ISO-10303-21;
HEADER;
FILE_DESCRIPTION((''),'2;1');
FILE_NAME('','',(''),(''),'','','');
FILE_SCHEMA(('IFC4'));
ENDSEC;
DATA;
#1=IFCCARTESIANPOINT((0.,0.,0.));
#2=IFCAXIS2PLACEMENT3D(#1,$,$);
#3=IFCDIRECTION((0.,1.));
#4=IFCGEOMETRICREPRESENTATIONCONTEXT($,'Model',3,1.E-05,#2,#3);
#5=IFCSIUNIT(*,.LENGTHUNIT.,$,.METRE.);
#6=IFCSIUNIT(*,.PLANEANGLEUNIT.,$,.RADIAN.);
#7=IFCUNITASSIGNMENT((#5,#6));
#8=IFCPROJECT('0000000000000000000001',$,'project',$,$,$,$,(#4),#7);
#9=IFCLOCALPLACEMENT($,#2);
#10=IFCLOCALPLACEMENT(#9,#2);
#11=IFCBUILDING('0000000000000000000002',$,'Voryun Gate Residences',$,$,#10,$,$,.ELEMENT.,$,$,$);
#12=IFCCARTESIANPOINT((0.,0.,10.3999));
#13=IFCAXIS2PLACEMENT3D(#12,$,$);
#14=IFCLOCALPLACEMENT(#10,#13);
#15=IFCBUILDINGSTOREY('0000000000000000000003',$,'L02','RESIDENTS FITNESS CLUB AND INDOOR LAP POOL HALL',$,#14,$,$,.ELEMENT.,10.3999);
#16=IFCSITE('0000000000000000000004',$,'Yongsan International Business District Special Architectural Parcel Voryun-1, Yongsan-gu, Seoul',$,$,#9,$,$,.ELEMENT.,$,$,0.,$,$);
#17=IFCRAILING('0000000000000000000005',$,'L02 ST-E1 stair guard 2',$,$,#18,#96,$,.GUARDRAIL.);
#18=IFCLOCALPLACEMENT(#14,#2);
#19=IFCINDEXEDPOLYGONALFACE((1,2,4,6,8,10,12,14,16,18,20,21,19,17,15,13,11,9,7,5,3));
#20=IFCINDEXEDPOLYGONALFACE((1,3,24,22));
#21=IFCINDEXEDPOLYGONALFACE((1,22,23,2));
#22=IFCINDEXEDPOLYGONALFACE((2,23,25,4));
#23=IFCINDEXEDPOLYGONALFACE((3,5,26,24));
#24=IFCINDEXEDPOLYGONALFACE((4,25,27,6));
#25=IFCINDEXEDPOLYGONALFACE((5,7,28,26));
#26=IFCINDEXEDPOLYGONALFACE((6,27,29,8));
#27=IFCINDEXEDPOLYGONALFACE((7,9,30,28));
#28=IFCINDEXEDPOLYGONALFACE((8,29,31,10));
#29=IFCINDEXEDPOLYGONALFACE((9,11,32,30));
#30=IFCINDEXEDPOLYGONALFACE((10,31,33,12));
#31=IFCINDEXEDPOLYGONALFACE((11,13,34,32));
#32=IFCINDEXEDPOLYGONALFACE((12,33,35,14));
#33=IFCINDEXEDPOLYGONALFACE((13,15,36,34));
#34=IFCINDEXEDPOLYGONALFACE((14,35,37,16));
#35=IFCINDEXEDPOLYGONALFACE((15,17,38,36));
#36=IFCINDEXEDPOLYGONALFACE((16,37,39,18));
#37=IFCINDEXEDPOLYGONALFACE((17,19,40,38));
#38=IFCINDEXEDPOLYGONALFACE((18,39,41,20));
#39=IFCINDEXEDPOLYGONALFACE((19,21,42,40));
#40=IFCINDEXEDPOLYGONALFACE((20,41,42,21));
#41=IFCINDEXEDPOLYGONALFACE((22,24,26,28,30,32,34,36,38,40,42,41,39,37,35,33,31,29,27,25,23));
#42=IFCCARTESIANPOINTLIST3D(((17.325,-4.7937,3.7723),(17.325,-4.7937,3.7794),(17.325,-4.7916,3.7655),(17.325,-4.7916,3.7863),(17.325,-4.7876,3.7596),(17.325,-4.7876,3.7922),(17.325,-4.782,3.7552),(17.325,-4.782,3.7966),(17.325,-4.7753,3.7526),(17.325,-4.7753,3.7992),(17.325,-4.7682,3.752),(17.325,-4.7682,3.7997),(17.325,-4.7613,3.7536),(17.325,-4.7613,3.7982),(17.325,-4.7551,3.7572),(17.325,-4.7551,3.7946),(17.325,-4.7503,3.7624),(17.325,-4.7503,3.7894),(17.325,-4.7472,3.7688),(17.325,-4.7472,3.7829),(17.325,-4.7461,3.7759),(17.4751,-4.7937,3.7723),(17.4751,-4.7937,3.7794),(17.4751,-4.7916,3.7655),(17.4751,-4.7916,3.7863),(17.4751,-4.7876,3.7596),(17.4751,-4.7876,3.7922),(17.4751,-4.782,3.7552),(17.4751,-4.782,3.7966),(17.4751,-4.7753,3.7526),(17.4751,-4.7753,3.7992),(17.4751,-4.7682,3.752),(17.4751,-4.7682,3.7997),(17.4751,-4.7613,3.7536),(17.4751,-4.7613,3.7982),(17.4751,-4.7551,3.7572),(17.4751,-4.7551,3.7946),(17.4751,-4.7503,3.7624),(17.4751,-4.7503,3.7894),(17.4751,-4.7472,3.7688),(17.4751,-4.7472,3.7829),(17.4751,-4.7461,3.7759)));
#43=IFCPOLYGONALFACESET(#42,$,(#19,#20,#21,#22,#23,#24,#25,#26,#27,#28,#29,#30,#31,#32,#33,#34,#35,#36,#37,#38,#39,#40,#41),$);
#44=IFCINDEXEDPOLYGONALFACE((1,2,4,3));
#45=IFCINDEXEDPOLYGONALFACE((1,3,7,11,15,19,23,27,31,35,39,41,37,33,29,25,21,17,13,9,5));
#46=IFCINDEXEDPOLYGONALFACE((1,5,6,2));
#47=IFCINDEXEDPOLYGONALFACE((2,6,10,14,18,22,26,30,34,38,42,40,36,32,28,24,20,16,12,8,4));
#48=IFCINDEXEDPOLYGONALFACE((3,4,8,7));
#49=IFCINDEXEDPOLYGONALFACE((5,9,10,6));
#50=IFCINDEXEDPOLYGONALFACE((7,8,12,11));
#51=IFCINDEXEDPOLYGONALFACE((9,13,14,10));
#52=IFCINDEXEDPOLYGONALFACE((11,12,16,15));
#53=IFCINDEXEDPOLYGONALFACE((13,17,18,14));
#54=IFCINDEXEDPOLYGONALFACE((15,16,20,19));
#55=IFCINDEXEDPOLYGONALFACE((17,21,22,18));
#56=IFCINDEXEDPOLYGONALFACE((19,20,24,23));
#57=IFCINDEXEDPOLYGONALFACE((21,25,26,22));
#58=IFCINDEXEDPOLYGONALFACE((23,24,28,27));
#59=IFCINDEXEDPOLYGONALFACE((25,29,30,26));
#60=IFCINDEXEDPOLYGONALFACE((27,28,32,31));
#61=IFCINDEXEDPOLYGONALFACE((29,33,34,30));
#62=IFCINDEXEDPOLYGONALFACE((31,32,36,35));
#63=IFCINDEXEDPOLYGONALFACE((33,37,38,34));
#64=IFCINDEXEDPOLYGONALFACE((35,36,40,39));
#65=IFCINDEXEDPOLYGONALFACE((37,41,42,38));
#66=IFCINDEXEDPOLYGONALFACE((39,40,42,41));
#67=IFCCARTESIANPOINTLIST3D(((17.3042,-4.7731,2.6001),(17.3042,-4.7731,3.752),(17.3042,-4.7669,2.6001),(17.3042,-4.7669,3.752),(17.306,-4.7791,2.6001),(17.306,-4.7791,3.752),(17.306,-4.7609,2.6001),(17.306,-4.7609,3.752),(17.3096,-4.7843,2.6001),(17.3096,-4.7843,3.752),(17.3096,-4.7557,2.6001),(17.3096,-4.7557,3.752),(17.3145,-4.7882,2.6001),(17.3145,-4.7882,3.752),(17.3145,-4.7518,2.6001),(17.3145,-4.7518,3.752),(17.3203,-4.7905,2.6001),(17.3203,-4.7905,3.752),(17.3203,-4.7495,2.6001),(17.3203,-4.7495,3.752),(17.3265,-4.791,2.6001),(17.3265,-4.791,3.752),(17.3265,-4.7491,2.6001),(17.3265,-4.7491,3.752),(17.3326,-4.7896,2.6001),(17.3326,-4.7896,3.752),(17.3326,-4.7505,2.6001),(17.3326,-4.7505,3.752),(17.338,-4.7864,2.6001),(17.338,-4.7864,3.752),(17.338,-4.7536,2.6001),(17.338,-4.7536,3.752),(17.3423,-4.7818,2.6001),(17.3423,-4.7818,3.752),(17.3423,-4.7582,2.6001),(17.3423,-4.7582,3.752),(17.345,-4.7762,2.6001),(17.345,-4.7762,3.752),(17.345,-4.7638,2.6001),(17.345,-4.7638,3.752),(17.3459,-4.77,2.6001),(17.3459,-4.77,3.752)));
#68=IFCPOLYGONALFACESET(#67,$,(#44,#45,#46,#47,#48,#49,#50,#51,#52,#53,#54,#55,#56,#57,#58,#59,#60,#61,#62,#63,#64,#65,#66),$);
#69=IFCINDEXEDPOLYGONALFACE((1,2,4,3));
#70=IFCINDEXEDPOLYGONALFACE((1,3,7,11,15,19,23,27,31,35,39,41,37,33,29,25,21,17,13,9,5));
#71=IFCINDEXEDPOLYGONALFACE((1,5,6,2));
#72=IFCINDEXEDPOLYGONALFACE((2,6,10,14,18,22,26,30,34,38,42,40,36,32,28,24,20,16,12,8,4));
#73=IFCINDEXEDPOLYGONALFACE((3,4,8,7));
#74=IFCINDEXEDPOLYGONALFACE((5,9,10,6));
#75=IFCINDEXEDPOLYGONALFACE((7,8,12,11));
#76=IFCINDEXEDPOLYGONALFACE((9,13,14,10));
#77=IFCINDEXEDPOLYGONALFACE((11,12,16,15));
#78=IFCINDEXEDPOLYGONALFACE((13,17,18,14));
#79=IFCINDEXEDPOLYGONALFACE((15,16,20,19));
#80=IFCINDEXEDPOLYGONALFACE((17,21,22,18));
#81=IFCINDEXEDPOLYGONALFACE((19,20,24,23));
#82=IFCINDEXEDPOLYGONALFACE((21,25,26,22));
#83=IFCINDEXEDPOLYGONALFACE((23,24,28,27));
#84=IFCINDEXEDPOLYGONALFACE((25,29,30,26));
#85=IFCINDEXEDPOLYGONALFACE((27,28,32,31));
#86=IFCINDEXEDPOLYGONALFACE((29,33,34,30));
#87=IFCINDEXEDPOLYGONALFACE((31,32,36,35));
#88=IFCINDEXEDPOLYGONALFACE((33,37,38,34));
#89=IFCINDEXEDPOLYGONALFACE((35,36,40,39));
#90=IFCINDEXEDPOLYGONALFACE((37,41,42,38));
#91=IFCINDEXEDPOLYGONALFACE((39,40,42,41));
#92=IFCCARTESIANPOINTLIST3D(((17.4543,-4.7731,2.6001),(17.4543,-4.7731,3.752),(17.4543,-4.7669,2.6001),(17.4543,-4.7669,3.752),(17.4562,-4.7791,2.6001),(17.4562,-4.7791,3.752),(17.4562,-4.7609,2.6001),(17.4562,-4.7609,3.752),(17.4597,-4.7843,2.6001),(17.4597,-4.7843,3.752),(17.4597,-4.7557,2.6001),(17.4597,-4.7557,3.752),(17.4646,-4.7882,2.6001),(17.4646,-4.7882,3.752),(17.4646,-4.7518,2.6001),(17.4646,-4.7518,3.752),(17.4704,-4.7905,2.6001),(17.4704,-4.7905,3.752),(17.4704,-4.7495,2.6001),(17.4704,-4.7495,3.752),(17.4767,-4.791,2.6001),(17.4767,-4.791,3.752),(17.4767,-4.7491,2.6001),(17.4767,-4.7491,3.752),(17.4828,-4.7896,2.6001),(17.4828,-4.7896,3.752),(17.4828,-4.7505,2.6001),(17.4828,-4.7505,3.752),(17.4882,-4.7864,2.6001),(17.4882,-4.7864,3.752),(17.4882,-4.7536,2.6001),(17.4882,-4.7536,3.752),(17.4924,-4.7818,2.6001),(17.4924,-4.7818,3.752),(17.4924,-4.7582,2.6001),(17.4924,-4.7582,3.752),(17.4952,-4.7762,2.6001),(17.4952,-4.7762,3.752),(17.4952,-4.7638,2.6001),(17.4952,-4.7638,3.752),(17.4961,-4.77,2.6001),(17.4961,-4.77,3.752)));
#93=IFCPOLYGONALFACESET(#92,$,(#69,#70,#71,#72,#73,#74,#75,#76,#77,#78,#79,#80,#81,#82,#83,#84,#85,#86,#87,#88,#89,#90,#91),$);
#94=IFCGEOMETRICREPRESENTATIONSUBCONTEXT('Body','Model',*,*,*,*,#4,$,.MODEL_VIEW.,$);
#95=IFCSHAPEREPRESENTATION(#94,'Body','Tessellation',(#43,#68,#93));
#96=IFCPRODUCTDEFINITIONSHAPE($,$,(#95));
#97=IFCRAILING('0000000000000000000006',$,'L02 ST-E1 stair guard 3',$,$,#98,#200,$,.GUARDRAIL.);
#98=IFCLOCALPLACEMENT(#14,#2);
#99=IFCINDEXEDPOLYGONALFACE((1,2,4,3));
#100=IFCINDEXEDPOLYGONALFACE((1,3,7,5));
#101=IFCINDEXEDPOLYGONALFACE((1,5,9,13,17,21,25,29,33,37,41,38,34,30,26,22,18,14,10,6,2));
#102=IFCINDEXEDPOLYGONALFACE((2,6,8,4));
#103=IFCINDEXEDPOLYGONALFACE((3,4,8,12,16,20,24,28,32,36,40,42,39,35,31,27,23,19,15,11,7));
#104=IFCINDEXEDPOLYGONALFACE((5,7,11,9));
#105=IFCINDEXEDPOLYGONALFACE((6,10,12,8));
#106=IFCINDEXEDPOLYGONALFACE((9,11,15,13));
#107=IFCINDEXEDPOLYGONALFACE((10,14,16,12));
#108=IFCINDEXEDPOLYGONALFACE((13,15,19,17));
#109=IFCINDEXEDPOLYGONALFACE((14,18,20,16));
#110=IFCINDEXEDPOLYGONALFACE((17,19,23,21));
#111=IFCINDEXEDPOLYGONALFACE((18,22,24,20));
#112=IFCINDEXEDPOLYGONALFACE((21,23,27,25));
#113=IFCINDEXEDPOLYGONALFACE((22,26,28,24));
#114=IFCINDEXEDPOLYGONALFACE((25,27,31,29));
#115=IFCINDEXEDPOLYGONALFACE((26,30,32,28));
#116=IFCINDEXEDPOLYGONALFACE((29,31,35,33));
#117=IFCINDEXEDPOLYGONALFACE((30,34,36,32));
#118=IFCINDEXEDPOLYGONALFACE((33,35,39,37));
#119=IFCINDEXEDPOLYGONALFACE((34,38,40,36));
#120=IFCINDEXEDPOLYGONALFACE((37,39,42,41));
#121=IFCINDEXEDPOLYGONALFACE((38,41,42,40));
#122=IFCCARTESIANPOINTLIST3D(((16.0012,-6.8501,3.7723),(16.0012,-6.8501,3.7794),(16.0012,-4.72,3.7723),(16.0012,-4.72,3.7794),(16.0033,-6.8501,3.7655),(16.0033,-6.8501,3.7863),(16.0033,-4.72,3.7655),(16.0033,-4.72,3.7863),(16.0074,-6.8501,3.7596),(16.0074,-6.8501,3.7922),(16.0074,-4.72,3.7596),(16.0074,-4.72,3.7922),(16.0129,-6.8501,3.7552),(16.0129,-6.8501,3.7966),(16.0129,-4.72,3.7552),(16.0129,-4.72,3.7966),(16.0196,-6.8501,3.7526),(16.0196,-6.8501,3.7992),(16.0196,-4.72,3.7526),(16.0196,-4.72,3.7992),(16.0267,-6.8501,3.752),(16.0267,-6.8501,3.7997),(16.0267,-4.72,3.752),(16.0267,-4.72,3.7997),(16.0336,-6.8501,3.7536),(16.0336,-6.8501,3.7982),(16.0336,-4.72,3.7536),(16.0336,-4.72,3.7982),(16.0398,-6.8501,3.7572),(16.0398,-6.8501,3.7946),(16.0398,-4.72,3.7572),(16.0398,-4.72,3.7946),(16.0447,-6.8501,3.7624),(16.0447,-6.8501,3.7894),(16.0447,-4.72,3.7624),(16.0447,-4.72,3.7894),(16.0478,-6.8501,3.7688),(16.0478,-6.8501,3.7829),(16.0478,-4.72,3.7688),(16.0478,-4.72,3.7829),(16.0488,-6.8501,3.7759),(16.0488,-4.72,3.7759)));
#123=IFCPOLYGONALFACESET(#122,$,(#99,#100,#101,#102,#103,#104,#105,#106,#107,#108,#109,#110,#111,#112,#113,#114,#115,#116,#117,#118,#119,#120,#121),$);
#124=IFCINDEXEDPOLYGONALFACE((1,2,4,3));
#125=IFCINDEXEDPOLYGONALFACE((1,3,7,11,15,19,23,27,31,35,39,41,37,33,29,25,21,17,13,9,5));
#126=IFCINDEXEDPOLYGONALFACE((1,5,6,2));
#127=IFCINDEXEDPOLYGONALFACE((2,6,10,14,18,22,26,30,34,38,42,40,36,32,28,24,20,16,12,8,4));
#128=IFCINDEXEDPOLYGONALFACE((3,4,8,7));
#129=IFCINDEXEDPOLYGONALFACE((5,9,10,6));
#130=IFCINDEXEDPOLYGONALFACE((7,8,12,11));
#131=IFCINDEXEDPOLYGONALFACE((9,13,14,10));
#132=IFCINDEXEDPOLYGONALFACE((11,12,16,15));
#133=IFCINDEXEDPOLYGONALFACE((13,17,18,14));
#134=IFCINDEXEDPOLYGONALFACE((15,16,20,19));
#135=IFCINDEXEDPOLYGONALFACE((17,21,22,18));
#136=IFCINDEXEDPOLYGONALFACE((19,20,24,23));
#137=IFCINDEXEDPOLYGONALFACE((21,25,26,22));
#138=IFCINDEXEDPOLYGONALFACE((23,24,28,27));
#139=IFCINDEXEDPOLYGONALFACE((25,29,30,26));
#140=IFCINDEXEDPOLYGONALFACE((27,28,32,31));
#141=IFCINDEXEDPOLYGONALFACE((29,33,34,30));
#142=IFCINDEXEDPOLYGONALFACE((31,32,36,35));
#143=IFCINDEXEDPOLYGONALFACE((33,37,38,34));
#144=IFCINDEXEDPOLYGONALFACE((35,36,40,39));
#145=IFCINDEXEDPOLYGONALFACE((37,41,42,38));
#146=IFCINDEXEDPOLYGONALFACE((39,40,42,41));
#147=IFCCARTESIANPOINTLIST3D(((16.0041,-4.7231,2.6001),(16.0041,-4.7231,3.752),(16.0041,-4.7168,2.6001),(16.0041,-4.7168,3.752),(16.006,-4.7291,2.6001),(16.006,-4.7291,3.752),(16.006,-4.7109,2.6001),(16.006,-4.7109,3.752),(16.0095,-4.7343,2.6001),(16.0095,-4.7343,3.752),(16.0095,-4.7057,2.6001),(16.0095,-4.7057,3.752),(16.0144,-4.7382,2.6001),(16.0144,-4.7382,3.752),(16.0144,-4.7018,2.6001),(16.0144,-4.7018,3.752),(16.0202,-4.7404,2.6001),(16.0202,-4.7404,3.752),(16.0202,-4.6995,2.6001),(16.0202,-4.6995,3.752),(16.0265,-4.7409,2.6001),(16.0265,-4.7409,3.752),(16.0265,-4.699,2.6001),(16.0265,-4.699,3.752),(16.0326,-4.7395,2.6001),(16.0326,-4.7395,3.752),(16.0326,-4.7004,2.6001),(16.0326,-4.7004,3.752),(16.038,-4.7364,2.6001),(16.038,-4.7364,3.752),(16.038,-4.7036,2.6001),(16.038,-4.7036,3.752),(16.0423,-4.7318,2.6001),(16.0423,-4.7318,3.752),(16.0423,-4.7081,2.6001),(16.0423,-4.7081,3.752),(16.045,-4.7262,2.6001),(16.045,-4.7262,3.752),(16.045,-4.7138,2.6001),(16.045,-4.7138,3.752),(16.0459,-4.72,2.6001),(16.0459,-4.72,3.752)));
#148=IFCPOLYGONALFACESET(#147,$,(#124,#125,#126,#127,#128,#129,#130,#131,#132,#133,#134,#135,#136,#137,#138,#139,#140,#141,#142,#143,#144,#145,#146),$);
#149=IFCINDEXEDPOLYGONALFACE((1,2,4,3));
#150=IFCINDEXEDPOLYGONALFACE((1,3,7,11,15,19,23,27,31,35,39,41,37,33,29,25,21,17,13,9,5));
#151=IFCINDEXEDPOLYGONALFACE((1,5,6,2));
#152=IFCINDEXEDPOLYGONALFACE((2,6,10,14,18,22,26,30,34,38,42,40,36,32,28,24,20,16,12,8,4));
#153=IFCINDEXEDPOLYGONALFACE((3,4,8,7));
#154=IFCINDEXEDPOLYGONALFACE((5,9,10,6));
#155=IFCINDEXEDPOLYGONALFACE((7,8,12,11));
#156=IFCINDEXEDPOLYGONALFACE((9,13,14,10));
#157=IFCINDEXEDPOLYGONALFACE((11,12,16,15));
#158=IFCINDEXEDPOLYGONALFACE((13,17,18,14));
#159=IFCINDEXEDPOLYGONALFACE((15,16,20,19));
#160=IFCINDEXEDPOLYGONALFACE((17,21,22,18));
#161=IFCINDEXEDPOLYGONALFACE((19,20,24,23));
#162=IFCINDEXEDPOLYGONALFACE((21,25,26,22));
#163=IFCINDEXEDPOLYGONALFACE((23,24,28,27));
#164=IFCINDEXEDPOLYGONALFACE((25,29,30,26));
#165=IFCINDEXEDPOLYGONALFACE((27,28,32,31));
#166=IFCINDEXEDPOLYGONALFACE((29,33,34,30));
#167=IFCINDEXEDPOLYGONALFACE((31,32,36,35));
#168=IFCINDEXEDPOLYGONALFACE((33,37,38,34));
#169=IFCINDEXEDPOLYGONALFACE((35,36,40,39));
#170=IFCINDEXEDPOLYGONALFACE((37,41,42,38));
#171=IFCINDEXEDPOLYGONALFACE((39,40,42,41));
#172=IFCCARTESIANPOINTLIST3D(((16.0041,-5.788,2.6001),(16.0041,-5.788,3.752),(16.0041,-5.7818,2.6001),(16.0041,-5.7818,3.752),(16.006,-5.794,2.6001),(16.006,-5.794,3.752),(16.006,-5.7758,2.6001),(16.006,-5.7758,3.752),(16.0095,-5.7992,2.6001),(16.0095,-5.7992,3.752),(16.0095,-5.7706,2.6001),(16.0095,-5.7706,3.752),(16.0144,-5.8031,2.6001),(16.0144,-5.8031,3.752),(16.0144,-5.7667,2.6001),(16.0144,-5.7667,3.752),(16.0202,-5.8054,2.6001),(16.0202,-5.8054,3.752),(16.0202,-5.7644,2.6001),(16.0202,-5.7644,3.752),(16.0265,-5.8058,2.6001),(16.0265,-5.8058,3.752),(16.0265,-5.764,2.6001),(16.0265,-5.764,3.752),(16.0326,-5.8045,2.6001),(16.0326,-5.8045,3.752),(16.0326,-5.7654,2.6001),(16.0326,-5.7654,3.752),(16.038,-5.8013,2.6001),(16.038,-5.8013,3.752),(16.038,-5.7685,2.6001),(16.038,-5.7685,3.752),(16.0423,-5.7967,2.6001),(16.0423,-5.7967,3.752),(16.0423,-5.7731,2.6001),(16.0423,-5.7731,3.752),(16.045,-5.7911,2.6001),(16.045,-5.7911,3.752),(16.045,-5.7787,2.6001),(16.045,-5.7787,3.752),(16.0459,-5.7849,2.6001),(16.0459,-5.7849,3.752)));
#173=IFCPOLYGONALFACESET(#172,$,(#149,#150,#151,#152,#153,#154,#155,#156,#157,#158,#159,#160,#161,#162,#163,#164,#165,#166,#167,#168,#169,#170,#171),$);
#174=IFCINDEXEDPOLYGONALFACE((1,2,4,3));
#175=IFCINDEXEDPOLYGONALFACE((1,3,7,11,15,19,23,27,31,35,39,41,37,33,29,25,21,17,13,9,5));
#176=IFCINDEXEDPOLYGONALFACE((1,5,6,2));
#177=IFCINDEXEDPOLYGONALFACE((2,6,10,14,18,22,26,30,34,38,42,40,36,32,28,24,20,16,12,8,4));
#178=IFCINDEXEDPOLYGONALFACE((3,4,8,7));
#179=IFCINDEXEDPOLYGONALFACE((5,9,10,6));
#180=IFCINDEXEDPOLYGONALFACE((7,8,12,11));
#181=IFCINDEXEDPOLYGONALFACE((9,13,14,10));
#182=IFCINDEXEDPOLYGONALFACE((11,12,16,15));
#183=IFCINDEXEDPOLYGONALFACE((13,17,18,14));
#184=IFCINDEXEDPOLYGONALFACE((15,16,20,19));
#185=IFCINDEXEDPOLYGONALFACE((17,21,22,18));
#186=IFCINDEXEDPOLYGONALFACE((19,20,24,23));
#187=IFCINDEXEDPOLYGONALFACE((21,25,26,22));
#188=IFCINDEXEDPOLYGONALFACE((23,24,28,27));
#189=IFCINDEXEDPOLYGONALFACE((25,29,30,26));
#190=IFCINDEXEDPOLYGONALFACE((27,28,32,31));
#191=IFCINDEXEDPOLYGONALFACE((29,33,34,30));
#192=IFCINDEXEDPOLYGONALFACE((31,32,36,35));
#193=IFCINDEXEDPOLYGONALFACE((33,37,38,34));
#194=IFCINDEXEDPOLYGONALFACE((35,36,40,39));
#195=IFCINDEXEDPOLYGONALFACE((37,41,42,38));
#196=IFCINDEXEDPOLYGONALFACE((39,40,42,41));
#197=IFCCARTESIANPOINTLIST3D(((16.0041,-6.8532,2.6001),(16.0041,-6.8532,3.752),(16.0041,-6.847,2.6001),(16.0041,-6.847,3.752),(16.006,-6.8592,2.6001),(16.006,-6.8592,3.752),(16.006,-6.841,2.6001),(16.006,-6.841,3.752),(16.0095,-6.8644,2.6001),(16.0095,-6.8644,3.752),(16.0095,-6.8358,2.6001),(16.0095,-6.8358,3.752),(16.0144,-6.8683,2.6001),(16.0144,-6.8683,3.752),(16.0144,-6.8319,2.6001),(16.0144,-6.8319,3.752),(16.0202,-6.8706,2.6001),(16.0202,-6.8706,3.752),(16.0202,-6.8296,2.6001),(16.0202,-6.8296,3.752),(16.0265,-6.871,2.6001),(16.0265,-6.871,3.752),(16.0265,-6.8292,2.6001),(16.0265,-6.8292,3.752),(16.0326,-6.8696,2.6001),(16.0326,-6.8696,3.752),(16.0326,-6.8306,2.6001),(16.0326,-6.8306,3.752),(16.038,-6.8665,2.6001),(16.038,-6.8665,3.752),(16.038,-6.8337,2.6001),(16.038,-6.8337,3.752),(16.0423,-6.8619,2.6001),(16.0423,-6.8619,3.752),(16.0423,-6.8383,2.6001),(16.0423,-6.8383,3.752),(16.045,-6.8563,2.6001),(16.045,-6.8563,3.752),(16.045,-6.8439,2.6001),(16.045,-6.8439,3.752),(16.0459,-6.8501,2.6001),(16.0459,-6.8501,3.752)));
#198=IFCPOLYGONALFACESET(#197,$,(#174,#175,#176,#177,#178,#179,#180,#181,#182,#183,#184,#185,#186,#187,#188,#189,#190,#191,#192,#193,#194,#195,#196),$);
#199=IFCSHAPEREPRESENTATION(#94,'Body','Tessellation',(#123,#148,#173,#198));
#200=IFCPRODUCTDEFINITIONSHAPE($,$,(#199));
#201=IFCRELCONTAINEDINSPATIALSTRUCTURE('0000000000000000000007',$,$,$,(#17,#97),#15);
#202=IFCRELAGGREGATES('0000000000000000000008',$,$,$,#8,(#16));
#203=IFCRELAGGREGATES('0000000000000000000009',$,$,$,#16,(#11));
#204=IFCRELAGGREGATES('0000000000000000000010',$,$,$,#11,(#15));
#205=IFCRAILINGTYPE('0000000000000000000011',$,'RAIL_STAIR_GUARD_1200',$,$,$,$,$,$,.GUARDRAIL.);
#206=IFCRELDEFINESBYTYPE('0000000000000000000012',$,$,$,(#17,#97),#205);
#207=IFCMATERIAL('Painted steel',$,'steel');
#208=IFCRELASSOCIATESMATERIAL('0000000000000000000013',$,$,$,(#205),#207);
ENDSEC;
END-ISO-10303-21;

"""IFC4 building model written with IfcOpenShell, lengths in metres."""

from ifc_helpers import new_model, si_unit, direction, frame, origin, origin_2d, place, context, subcontext, project, spatial, circle, extrude, material, type_object, element, save


model = new_model("IFC4")

# Units and contexts
model_context = context("Model", 3, precision=1e-05, world=origin(), true_north=direction((0.0, 1.0)))
body_context = subcontext(model_context, "Body", "Model", "MODEL_VIEW")
ifc_project = project(units=[si_unit("LENGTHUNIT", "METRE"), si_unit("PLANEANGLEUNIT", "RADIAN")], contexts=[model_context])

# Site, building, storey
site_placement = place(None, origin())
site = spatial("IfcSite", under=ifc_project, at=site_placement, Name="Yongsan International Business District Special Architectural Parcel Voryun-1, Yongsan-gu, Seoul", CompositionType="ELEMENT", RefElevation=0.0)
building_placement = place(site_placement, origin())
building = spatial("IfcBuilding", under=site, at=building_placement, Name="Voryun Gate Residences", CompositionType="ELEMENT")
storey_placement = place(building_placement, frame((0.0, 0.0, 10.3999)))
storey = spatial("IfcBuildingStorey", under=building, at=storey_placement, Name="L02", Description="RESIDENTS FITNESS CLUB AND INDOOR LAP POOL HALL", CompositionType="ELEMENT", Elevation=10.3999)

# Railings
ifc_material_1 = material(Name="Painted steel", Category="steel")
railing_type = type_object("IfcRailingType", Name="RAIL_STAIR_GUARD_1200", PredefinedType="GUARDRAIL", material=ifc_material_1)
railing_1_placement = place(storey_placement, frame((17.325, -4.77, 2.6001)))
element("IfcRailing", 1, at=railing_1_placement, inside=storey, type_object=railing_type, Name="L02 ST-E1 stair guard 2", PredefinedType="GUARDRAIL", context=body_context, shape_type="SweptSolid", body=[
    extrude(circle(Radius=0.0239, at=origin_2d()), frame((0.0, 0.0, 1.1758), z_axis=(1.0, 0.0, 0.0), x_axis=(0.0, 1.0, 0.0)), (0.0, 0.0, 1.0), 0.1501),
    extrude(circle(Radius=0.021, at=origin_2d()), origin(), (0.0, 0.0, 1.0), 1.1519),
    extrude(circle(Radius=0.021, at=origin_2d()), frame((0.1501, 0.0, 0.0)), (0.0, 0.0, 1.0), 1.1519),
])
railing_2_placement = place(storey_placement, frame((16.0249, -4.72, 2.6001)))
element("IfcRailing", 2, at=railing_2_placement, inside=storey, type_object=railing_type, Name="L02 ST-E1 stair guard 3", PredefinedType="GUARDRAIL", context=body_context, shape_type="SweptSolid", body=[
    extrude(circle(Radius=0.0239, at=origin_2d()), frame((0.0, 0.0, 1.1758), z_axis=(0.0, -1.0, 0.0), x_axis=(1.0, 0.0, 0.0)), (0.0, 0.0, 1.0), 2.1301),
    extrude(circle(Radius=0.021, at=origin_2d()), origin(), (0.0, 0.0, 1.0), 1.1519),
    extrude(circle(Radius=0.021, at=origin_2d()), frame((0.0, -1.0649, 0.0)), (0.0, 0.0, 1.0), 1.1519),
    extrude(circle(Radius=0.021, at=origin_2d()), frame((0.0, -2.1301, 0.0)), (0.0, 0.0, 1.0), 1.1519),
])

save(model, "model.ifc")
